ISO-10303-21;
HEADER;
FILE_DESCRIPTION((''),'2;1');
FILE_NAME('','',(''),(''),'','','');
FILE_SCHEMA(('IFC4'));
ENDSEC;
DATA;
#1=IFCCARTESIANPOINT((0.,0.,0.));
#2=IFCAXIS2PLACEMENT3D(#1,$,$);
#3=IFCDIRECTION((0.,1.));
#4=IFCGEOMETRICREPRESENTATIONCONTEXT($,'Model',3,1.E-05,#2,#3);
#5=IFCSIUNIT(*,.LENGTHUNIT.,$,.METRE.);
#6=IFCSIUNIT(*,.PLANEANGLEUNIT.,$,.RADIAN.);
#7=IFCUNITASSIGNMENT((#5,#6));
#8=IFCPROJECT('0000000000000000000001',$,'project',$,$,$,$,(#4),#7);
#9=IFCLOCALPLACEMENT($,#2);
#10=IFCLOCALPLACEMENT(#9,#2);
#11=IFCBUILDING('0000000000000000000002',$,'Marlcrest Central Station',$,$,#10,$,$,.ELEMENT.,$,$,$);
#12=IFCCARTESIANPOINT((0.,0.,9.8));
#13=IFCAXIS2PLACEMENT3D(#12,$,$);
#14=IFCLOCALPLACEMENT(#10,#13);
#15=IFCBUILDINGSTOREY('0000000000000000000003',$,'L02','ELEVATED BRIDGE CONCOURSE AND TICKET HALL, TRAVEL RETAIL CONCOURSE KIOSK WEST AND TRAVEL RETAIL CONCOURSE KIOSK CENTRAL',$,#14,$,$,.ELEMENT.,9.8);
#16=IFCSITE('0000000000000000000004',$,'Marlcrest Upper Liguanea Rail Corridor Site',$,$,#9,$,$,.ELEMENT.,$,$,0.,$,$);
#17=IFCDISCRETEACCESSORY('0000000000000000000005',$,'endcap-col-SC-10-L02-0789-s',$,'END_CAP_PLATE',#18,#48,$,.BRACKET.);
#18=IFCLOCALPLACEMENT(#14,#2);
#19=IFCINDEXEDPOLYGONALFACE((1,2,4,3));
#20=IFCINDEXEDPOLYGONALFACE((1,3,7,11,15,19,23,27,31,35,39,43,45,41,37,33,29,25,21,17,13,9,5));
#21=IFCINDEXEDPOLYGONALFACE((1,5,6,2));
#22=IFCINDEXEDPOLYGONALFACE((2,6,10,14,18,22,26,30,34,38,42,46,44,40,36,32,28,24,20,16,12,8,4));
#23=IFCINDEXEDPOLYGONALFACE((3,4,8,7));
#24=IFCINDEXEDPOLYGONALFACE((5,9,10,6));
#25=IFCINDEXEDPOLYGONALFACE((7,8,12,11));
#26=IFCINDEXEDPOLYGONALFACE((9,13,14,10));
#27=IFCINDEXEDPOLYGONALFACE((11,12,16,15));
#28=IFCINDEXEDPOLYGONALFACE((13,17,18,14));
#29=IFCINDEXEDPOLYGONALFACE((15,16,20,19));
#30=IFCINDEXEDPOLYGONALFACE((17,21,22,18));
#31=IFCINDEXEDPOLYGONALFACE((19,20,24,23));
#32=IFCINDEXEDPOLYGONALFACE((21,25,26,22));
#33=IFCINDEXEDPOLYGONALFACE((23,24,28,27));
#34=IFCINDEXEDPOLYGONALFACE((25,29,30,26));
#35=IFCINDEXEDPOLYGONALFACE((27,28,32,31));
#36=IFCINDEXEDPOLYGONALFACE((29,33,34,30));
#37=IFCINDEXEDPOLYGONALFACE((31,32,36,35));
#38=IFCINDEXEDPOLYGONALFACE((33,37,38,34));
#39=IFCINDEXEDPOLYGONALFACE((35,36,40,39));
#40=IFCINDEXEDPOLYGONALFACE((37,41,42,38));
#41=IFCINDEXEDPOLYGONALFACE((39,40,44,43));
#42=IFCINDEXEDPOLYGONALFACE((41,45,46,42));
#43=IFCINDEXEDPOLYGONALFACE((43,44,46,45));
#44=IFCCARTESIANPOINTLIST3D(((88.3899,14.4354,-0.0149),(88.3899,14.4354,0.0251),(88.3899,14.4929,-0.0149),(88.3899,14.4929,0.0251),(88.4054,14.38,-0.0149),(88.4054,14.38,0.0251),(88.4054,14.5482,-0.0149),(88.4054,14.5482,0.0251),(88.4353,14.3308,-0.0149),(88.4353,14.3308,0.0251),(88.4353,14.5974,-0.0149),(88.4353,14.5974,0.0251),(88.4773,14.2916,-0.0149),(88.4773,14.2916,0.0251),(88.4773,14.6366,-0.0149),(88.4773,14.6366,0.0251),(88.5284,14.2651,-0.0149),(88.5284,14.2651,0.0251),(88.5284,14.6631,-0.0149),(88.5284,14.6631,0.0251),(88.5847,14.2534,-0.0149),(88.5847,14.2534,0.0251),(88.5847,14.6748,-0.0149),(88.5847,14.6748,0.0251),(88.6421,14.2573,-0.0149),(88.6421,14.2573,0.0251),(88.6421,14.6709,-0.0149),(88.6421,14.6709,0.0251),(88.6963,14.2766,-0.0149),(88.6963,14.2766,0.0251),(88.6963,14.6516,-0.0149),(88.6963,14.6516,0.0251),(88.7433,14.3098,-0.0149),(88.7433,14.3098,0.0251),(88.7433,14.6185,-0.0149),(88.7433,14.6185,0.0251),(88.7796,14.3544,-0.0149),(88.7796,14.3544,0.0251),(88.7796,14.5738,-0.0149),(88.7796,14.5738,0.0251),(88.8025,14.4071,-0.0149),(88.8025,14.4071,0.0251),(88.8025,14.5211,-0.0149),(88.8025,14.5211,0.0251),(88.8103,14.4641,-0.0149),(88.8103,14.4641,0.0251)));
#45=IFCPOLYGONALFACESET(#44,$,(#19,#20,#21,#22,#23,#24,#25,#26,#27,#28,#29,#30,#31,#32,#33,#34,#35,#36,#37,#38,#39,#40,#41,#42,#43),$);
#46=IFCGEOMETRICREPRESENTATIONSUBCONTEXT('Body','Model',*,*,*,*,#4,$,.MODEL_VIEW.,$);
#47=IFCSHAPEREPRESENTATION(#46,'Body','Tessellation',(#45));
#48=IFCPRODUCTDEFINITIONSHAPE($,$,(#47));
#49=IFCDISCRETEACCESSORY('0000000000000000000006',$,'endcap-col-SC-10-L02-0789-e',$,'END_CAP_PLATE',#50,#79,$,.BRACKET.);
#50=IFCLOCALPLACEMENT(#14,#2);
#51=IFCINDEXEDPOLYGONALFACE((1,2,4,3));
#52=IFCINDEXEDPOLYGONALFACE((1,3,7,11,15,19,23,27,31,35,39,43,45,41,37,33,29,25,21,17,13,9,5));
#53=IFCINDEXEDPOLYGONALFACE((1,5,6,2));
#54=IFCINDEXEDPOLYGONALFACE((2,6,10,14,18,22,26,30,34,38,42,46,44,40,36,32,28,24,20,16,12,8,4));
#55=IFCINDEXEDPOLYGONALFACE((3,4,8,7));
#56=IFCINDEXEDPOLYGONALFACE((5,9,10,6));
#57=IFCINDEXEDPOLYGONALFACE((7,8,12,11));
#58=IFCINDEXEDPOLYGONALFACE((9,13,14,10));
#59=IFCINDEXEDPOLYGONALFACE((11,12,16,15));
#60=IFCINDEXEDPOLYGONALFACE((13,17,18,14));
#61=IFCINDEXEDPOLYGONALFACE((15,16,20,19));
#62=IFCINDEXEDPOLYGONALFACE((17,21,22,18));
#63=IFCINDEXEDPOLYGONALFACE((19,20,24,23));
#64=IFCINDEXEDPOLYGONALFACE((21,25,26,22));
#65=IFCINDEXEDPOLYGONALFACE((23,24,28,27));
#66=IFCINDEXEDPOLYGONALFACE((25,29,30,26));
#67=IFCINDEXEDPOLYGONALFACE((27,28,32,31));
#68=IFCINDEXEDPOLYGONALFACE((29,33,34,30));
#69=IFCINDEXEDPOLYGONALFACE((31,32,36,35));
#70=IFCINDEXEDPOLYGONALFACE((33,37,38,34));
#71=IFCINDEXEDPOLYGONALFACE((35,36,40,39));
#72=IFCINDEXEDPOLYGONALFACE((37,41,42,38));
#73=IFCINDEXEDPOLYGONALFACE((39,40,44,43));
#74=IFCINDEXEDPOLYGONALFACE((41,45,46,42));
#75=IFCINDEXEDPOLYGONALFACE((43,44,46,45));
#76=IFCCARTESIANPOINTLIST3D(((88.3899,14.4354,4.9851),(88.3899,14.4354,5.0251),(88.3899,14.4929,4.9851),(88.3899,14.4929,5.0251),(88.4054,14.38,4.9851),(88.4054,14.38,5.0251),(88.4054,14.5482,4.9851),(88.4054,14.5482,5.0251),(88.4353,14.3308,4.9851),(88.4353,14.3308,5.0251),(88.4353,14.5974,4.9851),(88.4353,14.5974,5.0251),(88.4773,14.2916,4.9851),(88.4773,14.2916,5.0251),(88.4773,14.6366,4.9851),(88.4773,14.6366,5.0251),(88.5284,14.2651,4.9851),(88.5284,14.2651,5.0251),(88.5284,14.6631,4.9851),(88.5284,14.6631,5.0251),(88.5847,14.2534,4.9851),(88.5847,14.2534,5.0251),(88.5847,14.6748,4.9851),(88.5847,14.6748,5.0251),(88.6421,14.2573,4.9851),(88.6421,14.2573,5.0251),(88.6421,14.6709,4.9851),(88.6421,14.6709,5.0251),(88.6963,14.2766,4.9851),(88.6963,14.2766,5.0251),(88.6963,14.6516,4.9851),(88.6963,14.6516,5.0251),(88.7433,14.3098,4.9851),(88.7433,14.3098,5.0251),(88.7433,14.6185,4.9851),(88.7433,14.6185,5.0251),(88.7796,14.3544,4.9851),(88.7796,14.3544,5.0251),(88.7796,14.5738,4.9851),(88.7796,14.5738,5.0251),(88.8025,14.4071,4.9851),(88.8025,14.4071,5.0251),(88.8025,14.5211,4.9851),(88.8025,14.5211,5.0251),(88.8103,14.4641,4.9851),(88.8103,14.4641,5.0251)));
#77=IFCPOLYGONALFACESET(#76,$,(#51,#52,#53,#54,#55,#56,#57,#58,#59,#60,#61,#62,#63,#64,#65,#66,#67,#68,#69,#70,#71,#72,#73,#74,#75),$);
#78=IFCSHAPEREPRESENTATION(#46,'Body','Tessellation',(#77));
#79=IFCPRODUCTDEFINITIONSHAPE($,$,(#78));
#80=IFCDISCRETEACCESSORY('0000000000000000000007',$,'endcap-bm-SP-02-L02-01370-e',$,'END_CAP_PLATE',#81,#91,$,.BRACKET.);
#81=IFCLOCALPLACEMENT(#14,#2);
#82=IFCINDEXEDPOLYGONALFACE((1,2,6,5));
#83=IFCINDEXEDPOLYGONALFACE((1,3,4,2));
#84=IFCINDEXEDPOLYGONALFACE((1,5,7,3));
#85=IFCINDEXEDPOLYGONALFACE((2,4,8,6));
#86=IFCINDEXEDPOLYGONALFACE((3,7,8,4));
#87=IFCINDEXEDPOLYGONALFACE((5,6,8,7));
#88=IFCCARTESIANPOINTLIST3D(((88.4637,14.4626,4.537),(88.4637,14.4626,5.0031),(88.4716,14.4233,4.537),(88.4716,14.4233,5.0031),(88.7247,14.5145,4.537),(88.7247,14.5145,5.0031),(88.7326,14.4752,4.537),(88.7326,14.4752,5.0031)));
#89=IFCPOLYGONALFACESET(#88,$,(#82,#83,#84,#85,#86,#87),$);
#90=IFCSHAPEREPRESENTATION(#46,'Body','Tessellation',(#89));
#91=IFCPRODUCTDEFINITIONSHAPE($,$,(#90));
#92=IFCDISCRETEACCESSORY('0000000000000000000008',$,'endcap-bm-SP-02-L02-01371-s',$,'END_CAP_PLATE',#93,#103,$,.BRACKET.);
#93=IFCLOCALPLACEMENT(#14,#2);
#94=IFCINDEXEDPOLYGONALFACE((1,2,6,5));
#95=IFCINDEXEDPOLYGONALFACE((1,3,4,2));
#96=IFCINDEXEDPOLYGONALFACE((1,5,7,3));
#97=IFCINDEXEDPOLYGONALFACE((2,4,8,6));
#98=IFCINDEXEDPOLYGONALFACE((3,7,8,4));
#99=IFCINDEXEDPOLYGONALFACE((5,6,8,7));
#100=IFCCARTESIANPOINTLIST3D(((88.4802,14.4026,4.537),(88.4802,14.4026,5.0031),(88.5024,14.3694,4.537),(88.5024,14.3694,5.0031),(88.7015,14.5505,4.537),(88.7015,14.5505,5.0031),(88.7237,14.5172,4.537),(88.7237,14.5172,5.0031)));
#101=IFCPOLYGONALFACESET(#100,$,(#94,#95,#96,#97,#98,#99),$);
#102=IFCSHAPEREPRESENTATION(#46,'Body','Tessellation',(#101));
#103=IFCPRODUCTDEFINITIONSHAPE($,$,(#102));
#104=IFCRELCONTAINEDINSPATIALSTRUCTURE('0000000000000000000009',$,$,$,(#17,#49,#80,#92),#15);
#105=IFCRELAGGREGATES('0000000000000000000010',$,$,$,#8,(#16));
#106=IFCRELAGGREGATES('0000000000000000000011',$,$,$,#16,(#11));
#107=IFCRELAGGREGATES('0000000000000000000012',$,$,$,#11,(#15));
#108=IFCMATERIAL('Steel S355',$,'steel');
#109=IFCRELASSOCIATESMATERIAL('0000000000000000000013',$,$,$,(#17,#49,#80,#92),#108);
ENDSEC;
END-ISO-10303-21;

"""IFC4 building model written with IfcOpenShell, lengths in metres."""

from ifc_helpers import new_model, si_unit, direction, frame, origin, origin_2d, place, context, subcontext, project, spatial, rectangle, circle, extrude, material, element, save


model = new_model("IFC4")

# Units and contexts
model_context = context("Model", 3, precision=1e-05, world=origin(), true_north=direction((0.0, 1.0)))
body_context = subcontext(model_context, "Body", "Model", "MODEL_VIEW")
ifc_project = project(units=[si_unit("LENGTHUNIT", "METRE"), si_unit("PLANEANGLEUNIT", "RADIAN")], contexts=[model_context])

# Site, building, storey
site_placement = place(None, origin())
site = spatial("IfcSite", under=ifc_project, at=site_placement, Name="Marlcrest Upper Liguanea Rail Corridor Site", CompositionType="ELEMENT", RefElevation=0.0)
building_placement = place(site_placement, origin())
building = spatial("IfcBuilding", under=site, at=building_placement, Name="Marlcrest Central Station", CompositionType="ELEMENT")
storey_placement = place(building_placement, frame((0.0, 0.0, 9.8)))
storey = spatial("IfcBuildingStorey", under=building, at=storey_placement, Name="L02", Description="ELEVATED BRIDGE CONCOURSE AND TICKET HALL, TRAVEL RETAIL CONCOURSE KIOSK WEST AND TRAVEL RETAIL CONCOURSE KIOSK CENTRAL", CompositionType="ELEMENT", Elevation=9.8)

# Shared definitions
ifc_material_1 = material(Name="Steel S355", Category="steel")

# Discrete accessories
for number, where, z_axis, x_axis, name in (
    (1, (88.5991, 14.4641, -0.0149), (0.0, 0.0, 1.0), (1.0, 0.0, 0.0), "endcap-col-SC-10-L02-0789-s"),
    (2, (88.5991, 14.4641, 4.9851), (0.0, 0.0, 1.0), (1.0, 0.0, 0.0), "endcap-col-SC-10-L02-0789-e"),
):
    element("IfcDiscreteAccessory", number, at=place(storey_placement, frame(where, z_axis=z_axis, x_axis=x_axis)), inside=storey, material=ifc_material_1, Name=name, ObjectType="END_CAP_PLATE", PredefinedType="BRACKET", context=body_context, shape_type="SweptSolid", body=[
        extrude(circle(Radius=0.2112, at=origin_2d()), origin(), (0.0, 0.0, 1.0), 0.04),
    ])
for number, where, z_axis, x_axis, name in (
    (3, (88.5942, 14.4885, 4.77), (0.195171, -0.980769, 0.0), (0.980769, 0.195171, 0.0), "endcap-bm-SP-02-L02-01370-e"),
    (4, (88.5908, 14.4766, 4.77), (0.555511, -0.831509, 0.0), (0.831509, 0.555511, 0.0), "endcap-bm-SP-02-L02-01371-s"),
):
    element("IfcDiscreteAccessory", number, at=place(storey_placement, frame(where, z_axis=z_axis, x_axis=x_axis)), inside=storey, material=ifc_material_1, Name=name, ObjectType="END_CAP_PLATE", PredefinedType="BRACKET", context=body_context, shape_type="SweptSolid", body=[
        extrude(rectangle(XDim=0.2661, YDim=0.4661, at=origin_2d()), origin(), (0.0, 0.0, 1.0), 0.04),
    ])

save(model, "model.ifc")
